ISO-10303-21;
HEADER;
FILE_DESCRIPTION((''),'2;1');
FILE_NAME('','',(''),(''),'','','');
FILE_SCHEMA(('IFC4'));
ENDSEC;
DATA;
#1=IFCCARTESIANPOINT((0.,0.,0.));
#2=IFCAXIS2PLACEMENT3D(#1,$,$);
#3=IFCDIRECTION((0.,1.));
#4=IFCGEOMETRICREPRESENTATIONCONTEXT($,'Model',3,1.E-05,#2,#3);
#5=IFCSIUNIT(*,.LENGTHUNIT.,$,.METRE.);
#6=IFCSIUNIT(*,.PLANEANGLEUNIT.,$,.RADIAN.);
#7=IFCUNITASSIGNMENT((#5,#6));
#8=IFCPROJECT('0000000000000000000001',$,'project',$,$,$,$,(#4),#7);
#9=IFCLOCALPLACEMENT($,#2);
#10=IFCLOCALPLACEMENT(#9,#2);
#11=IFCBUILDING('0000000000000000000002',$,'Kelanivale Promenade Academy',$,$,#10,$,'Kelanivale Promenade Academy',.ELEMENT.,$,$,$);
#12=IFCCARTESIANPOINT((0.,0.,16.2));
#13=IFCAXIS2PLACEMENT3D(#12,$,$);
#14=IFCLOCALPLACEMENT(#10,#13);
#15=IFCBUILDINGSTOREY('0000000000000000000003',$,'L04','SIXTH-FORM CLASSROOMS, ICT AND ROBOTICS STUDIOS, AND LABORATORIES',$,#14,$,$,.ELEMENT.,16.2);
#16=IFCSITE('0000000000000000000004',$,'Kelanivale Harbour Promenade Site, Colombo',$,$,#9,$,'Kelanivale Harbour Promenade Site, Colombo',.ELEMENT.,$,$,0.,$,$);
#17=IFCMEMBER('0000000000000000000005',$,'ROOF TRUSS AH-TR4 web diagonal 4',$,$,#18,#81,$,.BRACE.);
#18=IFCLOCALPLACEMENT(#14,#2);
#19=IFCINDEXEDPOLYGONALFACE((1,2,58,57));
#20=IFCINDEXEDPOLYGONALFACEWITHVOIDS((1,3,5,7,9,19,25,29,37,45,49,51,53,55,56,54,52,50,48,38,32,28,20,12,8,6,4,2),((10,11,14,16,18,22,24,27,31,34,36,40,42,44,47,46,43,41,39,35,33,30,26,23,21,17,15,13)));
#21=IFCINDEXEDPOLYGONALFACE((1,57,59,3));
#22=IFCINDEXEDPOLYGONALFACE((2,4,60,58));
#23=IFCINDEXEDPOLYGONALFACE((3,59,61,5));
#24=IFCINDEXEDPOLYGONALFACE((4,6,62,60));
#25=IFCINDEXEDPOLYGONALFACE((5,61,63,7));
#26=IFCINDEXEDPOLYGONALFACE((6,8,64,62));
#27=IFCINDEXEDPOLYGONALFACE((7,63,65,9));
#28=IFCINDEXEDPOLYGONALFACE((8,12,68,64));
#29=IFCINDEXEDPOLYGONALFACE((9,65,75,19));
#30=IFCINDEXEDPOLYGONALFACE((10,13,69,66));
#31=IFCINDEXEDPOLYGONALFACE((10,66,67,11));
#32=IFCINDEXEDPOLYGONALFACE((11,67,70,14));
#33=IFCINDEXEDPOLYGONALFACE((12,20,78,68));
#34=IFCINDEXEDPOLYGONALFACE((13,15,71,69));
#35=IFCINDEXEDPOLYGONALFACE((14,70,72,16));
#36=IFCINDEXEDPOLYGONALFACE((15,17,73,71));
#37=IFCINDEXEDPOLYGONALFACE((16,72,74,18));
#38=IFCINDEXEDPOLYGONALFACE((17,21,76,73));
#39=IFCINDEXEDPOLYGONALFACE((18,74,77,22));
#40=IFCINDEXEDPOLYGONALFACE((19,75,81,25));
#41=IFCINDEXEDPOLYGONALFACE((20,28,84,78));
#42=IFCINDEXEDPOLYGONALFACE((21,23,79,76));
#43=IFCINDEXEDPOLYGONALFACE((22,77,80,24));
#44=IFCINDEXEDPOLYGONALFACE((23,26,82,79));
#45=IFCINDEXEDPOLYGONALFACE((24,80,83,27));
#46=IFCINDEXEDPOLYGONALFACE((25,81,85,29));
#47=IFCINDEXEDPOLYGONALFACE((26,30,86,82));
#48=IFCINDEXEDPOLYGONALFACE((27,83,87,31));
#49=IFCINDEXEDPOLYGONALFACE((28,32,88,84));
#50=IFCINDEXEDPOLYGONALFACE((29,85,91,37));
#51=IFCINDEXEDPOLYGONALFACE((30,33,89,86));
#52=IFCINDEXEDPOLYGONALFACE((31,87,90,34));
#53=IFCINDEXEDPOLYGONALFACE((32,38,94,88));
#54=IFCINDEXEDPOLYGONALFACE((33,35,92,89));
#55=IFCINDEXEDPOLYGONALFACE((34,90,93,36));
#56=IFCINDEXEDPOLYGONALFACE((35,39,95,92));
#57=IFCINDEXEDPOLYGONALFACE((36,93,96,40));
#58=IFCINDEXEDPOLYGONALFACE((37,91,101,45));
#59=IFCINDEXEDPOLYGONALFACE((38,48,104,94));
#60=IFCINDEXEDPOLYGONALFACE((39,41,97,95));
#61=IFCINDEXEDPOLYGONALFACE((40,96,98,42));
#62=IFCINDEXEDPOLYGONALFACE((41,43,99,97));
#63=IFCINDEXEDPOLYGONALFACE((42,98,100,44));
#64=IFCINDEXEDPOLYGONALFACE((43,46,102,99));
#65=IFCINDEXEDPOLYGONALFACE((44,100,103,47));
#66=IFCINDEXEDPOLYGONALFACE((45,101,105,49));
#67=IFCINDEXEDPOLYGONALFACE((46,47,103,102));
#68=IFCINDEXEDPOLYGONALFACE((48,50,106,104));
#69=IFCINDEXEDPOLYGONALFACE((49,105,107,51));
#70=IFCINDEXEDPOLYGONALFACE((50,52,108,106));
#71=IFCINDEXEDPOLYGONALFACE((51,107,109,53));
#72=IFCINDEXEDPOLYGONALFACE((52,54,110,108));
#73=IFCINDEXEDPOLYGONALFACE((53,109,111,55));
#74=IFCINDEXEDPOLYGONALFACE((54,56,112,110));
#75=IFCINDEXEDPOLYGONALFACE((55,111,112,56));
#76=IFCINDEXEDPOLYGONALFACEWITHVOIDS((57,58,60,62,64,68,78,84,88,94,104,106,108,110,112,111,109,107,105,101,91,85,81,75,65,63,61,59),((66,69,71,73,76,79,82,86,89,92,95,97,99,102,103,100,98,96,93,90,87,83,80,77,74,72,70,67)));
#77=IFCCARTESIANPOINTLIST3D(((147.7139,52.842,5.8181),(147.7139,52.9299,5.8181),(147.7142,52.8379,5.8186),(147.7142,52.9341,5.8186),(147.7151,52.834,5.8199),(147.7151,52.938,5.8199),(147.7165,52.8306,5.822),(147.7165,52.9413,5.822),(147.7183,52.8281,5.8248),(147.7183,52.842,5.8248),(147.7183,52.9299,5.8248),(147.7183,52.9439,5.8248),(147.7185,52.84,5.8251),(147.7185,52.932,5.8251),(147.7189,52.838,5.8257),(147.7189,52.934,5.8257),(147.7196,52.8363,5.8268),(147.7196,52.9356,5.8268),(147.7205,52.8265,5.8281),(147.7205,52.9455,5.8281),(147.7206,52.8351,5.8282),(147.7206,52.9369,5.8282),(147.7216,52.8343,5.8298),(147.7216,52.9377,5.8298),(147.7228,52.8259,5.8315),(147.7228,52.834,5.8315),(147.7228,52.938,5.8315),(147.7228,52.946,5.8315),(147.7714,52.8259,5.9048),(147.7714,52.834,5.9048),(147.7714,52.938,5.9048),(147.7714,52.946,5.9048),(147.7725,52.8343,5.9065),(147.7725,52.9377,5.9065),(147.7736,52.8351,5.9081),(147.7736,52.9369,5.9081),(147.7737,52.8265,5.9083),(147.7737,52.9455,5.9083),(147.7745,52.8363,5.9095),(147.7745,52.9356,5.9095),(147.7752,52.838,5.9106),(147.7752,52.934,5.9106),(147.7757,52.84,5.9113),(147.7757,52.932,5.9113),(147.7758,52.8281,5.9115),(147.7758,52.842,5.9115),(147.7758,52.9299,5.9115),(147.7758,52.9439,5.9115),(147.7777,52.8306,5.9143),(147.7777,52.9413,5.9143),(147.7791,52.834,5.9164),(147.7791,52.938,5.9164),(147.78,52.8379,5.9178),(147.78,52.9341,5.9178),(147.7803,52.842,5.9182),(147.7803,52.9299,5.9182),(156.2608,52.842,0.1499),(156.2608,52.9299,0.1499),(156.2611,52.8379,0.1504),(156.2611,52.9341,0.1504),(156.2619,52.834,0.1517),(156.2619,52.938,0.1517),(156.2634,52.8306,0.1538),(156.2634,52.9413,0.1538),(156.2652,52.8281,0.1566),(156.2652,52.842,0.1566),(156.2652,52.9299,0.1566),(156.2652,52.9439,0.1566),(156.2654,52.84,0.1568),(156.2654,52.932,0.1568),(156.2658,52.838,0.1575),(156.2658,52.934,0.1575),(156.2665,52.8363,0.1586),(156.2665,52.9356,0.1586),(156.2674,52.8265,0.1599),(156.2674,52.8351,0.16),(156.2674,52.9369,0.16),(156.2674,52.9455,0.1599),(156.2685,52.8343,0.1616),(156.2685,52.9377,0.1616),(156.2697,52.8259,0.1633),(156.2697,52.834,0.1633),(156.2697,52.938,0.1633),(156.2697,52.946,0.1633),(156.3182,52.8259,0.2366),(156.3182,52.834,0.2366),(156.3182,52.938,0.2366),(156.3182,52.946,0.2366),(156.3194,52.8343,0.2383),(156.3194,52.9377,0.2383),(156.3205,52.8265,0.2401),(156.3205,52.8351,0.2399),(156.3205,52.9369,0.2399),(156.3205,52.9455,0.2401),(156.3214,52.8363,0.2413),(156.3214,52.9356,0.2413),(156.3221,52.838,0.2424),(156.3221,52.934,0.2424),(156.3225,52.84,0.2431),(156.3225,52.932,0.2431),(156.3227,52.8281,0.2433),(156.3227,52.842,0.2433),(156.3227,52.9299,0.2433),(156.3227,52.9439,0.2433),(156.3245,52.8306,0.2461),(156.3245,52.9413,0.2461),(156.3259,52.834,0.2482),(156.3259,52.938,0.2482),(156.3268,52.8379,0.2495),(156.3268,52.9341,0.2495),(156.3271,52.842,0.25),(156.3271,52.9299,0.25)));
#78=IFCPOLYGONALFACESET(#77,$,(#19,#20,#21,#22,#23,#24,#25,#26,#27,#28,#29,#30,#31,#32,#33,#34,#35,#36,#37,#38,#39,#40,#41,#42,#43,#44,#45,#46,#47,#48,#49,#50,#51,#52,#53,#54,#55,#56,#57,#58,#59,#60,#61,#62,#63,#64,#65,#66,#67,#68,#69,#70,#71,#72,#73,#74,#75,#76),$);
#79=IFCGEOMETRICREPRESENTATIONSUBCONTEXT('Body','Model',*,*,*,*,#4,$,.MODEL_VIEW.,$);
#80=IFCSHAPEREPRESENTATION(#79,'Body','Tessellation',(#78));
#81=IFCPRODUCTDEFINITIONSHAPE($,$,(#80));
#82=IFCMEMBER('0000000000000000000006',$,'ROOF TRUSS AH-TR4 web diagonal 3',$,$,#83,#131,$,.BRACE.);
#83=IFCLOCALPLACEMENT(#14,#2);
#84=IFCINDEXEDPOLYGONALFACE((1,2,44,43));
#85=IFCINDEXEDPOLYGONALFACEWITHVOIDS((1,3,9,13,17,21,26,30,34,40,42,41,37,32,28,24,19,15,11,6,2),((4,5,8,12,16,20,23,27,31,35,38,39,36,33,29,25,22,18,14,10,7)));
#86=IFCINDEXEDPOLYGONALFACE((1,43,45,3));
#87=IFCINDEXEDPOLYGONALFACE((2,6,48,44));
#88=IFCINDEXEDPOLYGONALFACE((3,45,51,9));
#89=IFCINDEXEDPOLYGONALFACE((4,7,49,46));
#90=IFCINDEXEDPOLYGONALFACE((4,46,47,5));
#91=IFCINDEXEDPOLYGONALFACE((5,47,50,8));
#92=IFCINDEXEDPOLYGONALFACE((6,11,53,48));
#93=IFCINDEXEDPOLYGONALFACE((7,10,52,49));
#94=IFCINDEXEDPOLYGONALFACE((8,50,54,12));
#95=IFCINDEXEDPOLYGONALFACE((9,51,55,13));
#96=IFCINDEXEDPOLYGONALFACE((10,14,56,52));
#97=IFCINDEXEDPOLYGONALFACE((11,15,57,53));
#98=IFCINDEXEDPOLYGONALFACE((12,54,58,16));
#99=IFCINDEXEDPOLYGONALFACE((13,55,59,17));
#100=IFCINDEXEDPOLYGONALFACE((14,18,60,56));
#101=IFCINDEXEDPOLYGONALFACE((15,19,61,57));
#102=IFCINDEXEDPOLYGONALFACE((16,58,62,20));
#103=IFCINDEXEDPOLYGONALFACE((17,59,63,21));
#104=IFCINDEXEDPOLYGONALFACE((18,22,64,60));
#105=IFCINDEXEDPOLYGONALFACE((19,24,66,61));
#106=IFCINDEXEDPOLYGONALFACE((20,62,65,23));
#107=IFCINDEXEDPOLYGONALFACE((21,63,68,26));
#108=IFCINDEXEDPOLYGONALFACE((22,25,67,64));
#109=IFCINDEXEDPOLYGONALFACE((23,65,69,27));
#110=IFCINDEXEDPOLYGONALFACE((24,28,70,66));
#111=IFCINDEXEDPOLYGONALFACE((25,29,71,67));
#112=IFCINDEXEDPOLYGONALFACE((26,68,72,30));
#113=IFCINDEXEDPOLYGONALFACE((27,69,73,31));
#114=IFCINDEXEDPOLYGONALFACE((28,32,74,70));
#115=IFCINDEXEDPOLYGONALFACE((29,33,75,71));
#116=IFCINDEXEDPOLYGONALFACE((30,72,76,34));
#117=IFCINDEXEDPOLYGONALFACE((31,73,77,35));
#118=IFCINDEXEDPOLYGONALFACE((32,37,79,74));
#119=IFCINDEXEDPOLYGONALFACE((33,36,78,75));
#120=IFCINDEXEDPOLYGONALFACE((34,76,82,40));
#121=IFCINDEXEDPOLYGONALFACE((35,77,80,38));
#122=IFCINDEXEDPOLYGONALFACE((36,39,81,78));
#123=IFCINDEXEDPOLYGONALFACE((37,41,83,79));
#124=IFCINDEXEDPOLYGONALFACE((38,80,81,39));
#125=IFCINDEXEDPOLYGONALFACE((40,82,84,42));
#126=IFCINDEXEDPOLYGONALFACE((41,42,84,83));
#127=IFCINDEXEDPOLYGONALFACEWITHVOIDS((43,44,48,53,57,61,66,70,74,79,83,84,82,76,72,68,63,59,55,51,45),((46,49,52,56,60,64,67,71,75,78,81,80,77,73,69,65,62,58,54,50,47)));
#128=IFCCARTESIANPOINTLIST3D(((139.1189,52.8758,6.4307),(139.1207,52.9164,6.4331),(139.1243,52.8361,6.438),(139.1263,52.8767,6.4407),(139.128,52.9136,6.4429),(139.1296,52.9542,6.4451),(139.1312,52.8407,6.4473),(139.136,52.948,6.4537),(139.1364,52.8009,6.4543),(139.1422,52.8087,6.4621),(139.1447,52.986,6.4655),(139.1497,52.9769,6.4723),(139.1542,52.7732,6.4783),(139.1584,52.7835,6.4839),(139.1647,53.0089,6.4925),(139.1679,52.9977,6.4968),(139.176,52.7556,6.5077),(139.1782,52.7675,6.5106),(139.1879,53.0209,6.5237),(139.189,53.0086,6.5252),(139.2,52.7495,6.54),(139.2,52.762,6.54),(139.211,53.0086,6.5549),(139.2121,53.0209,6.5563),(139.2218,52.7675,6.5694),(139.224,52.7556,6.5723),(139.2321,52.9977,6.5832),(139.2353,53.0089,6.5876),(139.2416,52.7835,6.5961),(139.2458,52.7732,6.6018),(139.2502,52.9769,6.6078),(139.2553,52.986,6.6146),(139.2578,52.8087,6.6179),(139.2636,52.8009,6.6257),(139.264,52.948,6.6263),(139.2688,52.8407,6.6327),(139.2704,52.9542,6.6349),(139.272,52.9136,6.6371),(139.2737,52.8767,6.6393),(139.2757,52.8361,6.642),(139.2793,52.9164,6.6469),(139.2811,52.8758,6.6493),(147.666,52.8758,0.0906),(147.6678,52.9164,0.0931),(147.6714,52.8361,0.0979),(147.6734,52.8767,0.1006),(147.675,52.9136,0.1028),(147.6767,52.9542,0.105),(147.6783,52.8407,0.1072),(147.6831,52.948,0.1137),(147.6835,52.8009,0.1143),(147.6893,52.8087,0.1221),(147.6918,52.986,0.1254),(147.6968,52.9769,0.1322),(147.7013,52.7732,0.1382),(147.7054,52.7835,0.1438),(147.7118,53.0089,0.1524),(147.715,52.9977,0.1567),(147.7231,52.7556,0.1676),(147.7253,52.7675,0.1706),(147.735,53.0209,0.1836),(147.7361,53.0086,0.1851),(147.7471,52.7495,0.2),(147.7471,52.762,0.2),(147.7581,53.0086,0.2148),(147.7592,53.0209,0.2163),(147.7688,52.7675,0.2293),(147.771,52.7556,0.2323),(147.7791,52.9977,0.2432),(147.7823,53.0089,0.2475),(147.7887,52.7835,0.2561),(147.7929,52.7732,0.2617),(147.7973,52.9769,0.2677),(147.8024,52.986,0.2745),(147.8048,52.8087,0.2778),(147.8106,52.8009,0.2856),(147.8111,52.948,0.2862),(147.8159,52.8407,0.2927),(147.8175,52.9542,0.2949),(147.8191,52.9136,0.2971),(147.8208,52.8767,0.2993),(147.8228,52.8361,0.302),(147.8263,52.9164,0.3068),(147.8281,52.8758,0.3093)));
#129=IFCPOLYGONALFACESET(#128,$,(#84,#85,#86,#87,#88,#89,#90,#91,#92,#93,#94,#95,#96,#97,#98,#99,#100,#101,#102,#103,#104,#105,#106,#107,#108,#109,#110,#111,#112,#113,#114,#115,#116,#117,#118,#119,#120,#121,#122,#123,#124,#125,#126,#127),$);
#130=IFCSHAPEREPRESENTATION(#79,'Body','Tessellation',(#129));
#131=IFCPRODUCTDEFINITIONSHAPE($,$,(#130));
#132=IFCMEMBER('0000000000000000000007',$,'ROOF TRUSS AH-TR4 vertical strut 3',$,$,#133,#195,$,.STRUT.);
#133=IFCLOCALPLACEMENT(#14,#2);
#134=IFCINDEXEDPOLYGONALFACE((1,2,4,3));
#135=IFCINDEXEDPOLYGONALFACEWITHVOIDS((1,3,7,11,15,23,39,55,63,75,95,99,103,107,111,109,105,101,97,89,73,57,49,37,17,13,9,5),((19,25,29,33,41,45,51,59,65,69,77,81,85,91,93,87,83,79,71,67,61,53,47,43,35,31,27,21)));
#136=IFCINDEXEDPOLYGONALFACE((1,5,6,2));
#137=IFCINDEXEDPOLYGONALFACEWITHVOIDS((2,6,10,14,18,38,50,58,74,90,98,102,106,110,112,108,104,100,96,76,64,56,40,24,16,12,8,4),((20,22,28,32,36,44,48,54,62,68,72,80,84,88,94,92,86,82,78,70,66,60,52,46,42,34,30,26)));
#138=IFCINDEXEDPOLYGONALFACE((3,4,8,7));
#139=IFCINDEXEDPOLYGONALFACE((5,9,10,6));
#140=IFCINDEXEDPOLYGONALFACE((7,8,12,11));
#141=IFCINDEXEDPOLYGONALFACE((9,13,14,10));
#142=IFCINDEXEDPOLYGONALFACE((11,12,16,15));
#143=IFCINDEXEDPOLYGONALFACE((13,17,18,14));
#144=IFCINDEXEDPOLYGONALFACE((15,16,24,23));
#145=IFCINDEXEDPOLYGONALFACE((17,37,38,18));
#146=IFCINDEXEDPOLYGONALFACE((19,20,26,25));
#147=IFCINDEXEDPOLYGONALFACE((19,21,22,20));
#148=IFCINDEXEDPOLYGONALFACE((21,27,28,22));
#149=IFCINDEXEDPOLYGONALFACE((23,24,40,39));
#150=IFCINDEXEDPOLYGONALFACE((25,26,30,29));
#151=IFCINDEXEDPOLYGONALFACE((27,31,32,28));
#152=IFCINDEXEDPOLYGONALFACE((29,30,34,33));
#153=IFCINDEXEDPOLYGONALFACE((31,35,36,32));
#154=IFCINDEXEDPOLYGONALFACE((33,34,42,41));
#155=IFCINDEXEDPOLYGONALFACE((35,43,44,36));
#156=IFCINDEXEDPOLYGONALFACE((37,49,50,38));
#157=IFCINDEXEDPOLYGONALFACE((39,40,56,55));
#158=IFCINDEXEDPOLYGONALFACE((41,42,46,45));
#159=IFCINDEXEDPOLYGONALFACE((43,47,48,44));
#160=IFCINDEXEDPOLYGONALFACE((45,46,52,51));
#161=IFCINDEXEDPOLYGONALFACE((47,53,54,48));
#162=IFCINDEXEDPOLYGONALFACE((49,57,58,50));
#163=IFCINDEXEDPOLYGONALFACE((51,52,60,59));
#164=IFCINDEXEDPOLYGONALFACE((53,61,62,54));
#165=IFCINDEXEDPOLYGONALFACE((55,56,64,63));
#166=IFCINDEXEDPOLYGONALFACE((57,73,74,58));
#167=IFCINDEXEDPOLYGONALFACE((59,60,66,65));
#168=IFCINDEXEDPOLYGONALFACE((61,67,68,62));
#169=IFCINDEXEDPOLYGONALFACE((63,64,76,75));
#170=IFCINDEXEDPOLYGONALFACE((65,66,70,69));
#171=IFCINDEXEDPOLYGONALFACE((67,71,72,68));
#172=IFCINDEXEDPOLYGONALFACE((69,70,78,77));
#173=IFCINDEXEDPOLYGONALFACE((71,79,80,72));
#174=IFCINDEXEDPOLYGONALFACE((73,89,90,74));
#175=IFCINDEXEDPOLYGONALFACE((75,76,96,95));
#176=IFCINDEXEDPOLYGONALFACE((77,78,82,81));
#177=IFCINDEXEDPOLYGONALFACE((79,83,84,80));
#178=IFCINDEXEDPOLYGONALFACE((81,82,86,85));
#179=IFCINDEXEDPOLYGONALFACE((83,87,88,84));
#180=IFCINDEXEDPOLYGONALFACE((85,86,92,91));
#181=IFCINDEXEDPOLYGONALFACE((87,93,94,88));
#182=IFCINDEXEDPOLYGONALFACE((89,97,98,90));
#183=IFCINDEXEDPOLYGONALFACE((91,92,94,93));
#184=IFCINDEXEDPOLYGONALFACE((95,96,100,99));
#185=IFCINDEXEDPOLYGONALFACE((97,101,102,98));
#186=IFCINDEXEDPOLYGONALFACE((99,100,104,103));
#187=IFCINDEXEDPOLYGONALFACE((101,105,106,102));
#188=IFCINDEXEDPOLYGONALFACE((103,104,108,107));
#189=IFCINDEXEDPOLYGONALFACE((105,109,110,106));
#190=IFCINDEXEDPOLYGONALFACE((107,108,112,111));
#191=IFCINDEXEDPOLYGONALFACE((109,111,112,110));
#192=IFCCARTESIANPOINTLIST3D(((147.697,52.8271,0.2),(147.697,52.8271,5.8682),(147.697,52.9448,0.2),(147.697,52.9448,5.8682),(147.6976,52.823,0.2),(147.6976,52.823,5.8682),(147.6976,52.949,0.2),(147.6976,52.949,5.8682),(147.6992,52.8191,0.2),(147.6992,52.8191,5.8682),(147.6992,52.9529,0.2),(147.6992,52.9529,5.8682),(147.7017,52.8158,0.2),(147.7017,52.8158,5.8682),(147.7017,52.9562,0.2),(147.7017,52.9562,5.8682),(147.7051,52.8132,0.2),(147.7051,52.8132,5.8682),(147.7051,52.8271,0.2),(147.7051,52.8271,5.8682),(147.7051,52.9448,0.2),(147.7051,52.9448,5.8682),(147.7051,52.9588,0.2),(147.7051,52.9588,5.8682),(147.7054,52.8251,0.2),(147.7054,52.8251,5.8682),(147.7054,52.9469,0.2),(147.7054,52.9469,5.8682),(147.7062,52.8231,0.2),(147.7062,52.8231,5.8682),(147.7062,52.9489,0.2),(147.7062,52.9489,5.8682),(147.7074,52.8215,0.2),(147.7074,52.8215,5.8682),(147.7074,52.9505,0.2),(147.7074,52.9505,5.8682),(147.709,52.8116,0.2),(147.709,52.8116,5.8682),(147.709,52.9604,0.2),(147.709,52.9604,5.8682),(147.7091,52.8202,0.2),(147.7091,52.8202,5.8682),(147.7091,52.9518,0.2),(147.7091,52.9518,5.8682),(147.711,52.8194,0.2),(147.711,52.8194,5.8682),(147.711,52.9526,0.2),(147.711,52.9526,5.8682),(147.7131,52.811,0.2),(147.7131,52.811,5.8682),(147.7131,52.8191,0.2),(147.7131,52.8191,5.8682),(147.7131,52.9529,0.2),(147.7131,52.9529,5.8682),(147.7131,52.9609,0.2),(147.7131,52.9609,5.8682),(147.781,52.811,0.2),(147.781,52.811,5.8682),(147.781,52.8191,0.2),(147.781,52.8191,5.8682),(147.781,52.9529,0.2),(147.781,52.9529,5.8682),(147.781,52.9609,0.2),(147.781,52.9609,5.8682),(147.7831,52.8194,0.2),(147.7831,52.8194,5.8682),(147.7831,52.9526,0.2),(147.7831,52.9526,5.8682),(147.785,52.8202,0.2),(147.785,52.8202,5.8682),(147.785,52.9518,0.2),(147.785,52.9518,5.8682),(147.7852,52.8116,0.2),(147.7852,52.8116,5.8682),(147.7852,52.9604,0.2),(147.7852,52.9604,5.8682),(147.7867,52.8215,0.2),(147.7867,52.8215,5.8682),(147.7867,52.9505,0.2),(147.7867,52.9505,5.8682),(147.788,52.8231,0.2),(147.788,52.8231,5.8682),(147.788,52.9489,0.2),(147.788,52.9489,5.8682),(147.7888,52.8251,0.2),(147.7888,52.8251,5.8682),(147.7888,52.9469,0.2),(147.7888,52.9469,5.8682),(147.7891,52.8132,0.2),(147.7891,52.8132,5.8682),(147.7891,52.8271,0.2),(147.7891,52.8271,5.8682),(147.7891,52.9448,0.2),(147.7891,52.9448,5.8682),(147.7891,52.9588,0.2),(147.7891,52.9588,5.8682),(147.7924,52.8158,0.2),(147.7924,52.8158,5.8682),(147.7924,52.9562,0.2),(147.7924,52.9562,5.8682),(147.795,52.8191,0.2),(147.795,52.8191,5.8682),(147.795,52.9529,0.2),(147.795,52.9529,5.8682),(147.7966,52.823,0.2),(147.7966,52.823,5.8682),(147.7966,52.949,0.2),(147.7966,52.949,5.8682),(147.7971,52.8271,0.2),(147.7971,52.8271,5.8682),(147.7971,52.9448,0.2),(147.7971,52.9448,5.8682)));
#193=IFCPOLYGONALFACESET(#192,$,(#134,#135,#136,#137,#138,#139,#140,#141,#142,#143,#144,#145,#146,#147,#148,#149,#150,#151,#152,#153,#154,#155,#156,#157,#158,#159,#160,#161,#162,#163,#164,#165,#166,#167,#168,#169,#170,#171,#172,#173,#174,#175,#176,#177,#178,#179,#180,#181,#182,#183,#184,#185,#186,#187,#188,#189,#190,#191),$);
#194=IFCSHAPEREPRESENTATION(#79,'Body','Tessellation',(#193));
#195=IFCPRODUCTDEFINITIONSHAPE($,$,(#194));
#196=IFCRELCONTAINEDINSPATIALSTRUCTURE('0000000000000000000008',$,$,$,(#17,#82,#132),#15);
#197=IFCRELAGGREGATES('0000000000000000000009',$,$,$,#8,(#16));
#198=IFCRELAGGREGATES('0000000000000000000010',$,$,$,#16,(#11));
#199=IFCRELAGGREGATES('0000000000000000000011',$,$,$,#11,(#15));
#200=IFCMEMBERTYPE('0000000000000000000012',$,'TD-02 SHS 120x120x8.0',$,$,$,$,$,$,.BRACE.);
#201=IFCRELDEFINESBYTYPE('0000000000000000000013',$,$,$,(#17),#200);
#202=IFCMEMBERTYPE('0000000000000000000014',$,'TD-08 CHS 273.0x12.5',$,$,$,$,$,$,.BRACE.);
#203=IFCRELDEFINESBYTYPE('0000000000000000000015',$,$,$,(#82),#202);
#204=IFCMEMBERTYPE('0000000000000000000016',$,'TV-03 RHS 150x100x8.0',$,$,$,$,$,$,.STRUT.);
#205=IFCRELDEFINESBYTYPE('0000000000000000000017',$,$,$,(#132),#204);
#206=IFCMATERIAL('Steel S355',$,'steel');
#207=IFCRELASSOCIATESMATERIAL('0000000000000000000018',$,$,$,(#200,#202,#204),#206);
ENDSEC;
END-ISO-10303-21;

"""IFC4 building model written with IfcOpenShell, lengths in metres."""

from ifc_helpers import new_model, si_unit, direction, frame, origin, origin_2d, place, context, subcontext, project, spatial, hollow_rectangle, hollow_circle, extrude, material, material_profile, profile_set, type_object, element, save


model = new_model("IFC4")

# Units and contexts
model_context = context("Model", 3, precision=1e-05, world=origin(), true_north=direction((0.0, 1.0)))
body_context = subcontext(model_context, "Body", "Model", "MODEL_VIEW")
ifc_project = project(units=[si_unit("LENGTHUNIT", "METRE"), si_unit("PLANEANGLEUNIT", "RADIAN")], contexts=[model_context])

# Site, building, storey
site_placement = place(None, origin())
site = spatial("IfcSite", under=ifc_project, at=site_placement, Name="Kelanivale Harbour Promenade Site, Colombo", LongName="Kelanivale Harbour Promenade Site, Colombo", CompositionType="ELEMENT", RefElevation=0.0)
building_placement = place(site_placement, origin())
building = spatial("IfcBuilding", under=site, at=building_placement, Name="Kelanivale Promenade Academy", LongName="Kelanivale Promenade Academy", CompositionType="ELEMENT")
storey_placement = place(building_placement, frame((0.0, 0.0, 16.2)))
storey = spatial("IfcBuildingStorey", under=building, at=storey_placement, Name="L04", Description="SIXTH-FORM CLASSROOMS, ICT AND ROBOTICS STUDIOS, AND LABORATORIES", CompositionType="ELEMENT", Elevation=16.2)

# Shared definitions
ifc_material_1 = material(Name="Steel S355", Category="steel")

# Members
ifc_material_profile_1 = material_profile(ifc_material_1, hollow_rectangle(XDim=0.1201, YDim=0.1201, WallThickness=0.0081, InnerFilletRadius=0.0081, OuterFilletRadius=0.0161, at=origin_2d()), Name="SHS 120x120x8.0")
ifc_profile_set_1 = profile_set([ifc_material_profile_1], Name="Steel S355")
member_type_1 = type_object("IfcMemberType", Name="TD-02 SHS 120x120x8.0", PredefinedType="BRACE", material=ifc_profile_set_1)
member_1_placement = place(storey_placement, frame((156.2939, 52.886, 0.2), z_axis=(-0.833385, 0.0, 0.552693), x_axis=(0.0, -1.0, 0.0)))
element("IfcMember", 1, at=member_1_placement, inside=storey, type_object=member_type_1, Name="ROOF TRUSS AH-TR4 web diagonal 4", PredefinedType="BRACE", context=body_context, shape_type="SweptSolid", body=[
    extrude(hollow_rectangle(XDim=0.1201, YDim=0.1201, WallThickness=0.0081, InnerFilletRadius=0.0081, OuterFilletRadius=0.0161, at=origin_2d()), origin(), (0.0, 0.0, 1.0), 10.2556),
])
ifc_material_profile_2 = material_profile(ifc_material_1, hollow_circle(Radius=0.1365, WallThickness=0.0125, at=origin_2d()), Name="CHS 273.0x12.5")
ifc_profile_set_2 = profile_set([ifc_material_profile_2], Name="Steel S355")
member_type_2 = type_object("IfcMemberType", Name="TD-08 CHS 273.0x12.5", PredefinedType="BRACE", material=ifc_profile_set_2)
member_2_placement = place(storey_placement, frame((147.7471, 52.886, 0.2), z_axis=(-0.803158, 0.0, 0.595767), x_axis=(0.0, -1.0, 0.0)))
element("IfcMember", 2, at=member_2_placement, inside=storey, type_object=member_type_2, Name="ROOF TRUSS AH-TR4 web diagonal 3", PredefinedType="BRACE", context=body_context, shape_type="SweptSolid", body=[
    extrude(hollow_circle(Radius=0.1365, WallThickness=0.0125, at=origin_2d()), origin(), (0.0, 0.0, 1.0), 10.6418),
])
ifc_material_profile_3 = material_profile(ifc_material_1, hollow_rectangle(XDim=0.1001, YDim=0.1499, WallThickness=0.0081, InnerFilletRadius=0.0081, OuterFilletRadius=0.0161, at=origin_2d()), Name="RHS 150x100x8.0")
ifc_profile_set_3 = profile_set([ifc_material_profile_3], Name="Steel S355")
member_type_3 = type_object("IfcMemberType", Name="TV-03 RHS 150x100x8.0", PredefinedType="STRUT", material=ifc_profile_set_3)
member_3_placement = place(storey_placement, frame((147.7471, 52.886, 0.2), z_axis=(0.0, 0.0, 1.0), x_axis=(1.0, 0.0, 0.0)))
element("IfcMember", 3, at=member_3_placement, inside=storey, type_object=member_type_3, Name="ROOF TRUSS AH-TR4 vertical strut 3", PredefinedType="STRUT", context=body_context, shape_type="SweptSolid", body=[
    extrude(hollow_rectangle(XDim=0.1001, YDim=0.1499, WallThickness=0.0081, InnerFilletRadius=0.0081, OuterFilletRadius=0.0161, at=origin_2d()), origin(), (0.0, 0.0, 1.0), 5.6682),
])

save(model, "model.ifc")
